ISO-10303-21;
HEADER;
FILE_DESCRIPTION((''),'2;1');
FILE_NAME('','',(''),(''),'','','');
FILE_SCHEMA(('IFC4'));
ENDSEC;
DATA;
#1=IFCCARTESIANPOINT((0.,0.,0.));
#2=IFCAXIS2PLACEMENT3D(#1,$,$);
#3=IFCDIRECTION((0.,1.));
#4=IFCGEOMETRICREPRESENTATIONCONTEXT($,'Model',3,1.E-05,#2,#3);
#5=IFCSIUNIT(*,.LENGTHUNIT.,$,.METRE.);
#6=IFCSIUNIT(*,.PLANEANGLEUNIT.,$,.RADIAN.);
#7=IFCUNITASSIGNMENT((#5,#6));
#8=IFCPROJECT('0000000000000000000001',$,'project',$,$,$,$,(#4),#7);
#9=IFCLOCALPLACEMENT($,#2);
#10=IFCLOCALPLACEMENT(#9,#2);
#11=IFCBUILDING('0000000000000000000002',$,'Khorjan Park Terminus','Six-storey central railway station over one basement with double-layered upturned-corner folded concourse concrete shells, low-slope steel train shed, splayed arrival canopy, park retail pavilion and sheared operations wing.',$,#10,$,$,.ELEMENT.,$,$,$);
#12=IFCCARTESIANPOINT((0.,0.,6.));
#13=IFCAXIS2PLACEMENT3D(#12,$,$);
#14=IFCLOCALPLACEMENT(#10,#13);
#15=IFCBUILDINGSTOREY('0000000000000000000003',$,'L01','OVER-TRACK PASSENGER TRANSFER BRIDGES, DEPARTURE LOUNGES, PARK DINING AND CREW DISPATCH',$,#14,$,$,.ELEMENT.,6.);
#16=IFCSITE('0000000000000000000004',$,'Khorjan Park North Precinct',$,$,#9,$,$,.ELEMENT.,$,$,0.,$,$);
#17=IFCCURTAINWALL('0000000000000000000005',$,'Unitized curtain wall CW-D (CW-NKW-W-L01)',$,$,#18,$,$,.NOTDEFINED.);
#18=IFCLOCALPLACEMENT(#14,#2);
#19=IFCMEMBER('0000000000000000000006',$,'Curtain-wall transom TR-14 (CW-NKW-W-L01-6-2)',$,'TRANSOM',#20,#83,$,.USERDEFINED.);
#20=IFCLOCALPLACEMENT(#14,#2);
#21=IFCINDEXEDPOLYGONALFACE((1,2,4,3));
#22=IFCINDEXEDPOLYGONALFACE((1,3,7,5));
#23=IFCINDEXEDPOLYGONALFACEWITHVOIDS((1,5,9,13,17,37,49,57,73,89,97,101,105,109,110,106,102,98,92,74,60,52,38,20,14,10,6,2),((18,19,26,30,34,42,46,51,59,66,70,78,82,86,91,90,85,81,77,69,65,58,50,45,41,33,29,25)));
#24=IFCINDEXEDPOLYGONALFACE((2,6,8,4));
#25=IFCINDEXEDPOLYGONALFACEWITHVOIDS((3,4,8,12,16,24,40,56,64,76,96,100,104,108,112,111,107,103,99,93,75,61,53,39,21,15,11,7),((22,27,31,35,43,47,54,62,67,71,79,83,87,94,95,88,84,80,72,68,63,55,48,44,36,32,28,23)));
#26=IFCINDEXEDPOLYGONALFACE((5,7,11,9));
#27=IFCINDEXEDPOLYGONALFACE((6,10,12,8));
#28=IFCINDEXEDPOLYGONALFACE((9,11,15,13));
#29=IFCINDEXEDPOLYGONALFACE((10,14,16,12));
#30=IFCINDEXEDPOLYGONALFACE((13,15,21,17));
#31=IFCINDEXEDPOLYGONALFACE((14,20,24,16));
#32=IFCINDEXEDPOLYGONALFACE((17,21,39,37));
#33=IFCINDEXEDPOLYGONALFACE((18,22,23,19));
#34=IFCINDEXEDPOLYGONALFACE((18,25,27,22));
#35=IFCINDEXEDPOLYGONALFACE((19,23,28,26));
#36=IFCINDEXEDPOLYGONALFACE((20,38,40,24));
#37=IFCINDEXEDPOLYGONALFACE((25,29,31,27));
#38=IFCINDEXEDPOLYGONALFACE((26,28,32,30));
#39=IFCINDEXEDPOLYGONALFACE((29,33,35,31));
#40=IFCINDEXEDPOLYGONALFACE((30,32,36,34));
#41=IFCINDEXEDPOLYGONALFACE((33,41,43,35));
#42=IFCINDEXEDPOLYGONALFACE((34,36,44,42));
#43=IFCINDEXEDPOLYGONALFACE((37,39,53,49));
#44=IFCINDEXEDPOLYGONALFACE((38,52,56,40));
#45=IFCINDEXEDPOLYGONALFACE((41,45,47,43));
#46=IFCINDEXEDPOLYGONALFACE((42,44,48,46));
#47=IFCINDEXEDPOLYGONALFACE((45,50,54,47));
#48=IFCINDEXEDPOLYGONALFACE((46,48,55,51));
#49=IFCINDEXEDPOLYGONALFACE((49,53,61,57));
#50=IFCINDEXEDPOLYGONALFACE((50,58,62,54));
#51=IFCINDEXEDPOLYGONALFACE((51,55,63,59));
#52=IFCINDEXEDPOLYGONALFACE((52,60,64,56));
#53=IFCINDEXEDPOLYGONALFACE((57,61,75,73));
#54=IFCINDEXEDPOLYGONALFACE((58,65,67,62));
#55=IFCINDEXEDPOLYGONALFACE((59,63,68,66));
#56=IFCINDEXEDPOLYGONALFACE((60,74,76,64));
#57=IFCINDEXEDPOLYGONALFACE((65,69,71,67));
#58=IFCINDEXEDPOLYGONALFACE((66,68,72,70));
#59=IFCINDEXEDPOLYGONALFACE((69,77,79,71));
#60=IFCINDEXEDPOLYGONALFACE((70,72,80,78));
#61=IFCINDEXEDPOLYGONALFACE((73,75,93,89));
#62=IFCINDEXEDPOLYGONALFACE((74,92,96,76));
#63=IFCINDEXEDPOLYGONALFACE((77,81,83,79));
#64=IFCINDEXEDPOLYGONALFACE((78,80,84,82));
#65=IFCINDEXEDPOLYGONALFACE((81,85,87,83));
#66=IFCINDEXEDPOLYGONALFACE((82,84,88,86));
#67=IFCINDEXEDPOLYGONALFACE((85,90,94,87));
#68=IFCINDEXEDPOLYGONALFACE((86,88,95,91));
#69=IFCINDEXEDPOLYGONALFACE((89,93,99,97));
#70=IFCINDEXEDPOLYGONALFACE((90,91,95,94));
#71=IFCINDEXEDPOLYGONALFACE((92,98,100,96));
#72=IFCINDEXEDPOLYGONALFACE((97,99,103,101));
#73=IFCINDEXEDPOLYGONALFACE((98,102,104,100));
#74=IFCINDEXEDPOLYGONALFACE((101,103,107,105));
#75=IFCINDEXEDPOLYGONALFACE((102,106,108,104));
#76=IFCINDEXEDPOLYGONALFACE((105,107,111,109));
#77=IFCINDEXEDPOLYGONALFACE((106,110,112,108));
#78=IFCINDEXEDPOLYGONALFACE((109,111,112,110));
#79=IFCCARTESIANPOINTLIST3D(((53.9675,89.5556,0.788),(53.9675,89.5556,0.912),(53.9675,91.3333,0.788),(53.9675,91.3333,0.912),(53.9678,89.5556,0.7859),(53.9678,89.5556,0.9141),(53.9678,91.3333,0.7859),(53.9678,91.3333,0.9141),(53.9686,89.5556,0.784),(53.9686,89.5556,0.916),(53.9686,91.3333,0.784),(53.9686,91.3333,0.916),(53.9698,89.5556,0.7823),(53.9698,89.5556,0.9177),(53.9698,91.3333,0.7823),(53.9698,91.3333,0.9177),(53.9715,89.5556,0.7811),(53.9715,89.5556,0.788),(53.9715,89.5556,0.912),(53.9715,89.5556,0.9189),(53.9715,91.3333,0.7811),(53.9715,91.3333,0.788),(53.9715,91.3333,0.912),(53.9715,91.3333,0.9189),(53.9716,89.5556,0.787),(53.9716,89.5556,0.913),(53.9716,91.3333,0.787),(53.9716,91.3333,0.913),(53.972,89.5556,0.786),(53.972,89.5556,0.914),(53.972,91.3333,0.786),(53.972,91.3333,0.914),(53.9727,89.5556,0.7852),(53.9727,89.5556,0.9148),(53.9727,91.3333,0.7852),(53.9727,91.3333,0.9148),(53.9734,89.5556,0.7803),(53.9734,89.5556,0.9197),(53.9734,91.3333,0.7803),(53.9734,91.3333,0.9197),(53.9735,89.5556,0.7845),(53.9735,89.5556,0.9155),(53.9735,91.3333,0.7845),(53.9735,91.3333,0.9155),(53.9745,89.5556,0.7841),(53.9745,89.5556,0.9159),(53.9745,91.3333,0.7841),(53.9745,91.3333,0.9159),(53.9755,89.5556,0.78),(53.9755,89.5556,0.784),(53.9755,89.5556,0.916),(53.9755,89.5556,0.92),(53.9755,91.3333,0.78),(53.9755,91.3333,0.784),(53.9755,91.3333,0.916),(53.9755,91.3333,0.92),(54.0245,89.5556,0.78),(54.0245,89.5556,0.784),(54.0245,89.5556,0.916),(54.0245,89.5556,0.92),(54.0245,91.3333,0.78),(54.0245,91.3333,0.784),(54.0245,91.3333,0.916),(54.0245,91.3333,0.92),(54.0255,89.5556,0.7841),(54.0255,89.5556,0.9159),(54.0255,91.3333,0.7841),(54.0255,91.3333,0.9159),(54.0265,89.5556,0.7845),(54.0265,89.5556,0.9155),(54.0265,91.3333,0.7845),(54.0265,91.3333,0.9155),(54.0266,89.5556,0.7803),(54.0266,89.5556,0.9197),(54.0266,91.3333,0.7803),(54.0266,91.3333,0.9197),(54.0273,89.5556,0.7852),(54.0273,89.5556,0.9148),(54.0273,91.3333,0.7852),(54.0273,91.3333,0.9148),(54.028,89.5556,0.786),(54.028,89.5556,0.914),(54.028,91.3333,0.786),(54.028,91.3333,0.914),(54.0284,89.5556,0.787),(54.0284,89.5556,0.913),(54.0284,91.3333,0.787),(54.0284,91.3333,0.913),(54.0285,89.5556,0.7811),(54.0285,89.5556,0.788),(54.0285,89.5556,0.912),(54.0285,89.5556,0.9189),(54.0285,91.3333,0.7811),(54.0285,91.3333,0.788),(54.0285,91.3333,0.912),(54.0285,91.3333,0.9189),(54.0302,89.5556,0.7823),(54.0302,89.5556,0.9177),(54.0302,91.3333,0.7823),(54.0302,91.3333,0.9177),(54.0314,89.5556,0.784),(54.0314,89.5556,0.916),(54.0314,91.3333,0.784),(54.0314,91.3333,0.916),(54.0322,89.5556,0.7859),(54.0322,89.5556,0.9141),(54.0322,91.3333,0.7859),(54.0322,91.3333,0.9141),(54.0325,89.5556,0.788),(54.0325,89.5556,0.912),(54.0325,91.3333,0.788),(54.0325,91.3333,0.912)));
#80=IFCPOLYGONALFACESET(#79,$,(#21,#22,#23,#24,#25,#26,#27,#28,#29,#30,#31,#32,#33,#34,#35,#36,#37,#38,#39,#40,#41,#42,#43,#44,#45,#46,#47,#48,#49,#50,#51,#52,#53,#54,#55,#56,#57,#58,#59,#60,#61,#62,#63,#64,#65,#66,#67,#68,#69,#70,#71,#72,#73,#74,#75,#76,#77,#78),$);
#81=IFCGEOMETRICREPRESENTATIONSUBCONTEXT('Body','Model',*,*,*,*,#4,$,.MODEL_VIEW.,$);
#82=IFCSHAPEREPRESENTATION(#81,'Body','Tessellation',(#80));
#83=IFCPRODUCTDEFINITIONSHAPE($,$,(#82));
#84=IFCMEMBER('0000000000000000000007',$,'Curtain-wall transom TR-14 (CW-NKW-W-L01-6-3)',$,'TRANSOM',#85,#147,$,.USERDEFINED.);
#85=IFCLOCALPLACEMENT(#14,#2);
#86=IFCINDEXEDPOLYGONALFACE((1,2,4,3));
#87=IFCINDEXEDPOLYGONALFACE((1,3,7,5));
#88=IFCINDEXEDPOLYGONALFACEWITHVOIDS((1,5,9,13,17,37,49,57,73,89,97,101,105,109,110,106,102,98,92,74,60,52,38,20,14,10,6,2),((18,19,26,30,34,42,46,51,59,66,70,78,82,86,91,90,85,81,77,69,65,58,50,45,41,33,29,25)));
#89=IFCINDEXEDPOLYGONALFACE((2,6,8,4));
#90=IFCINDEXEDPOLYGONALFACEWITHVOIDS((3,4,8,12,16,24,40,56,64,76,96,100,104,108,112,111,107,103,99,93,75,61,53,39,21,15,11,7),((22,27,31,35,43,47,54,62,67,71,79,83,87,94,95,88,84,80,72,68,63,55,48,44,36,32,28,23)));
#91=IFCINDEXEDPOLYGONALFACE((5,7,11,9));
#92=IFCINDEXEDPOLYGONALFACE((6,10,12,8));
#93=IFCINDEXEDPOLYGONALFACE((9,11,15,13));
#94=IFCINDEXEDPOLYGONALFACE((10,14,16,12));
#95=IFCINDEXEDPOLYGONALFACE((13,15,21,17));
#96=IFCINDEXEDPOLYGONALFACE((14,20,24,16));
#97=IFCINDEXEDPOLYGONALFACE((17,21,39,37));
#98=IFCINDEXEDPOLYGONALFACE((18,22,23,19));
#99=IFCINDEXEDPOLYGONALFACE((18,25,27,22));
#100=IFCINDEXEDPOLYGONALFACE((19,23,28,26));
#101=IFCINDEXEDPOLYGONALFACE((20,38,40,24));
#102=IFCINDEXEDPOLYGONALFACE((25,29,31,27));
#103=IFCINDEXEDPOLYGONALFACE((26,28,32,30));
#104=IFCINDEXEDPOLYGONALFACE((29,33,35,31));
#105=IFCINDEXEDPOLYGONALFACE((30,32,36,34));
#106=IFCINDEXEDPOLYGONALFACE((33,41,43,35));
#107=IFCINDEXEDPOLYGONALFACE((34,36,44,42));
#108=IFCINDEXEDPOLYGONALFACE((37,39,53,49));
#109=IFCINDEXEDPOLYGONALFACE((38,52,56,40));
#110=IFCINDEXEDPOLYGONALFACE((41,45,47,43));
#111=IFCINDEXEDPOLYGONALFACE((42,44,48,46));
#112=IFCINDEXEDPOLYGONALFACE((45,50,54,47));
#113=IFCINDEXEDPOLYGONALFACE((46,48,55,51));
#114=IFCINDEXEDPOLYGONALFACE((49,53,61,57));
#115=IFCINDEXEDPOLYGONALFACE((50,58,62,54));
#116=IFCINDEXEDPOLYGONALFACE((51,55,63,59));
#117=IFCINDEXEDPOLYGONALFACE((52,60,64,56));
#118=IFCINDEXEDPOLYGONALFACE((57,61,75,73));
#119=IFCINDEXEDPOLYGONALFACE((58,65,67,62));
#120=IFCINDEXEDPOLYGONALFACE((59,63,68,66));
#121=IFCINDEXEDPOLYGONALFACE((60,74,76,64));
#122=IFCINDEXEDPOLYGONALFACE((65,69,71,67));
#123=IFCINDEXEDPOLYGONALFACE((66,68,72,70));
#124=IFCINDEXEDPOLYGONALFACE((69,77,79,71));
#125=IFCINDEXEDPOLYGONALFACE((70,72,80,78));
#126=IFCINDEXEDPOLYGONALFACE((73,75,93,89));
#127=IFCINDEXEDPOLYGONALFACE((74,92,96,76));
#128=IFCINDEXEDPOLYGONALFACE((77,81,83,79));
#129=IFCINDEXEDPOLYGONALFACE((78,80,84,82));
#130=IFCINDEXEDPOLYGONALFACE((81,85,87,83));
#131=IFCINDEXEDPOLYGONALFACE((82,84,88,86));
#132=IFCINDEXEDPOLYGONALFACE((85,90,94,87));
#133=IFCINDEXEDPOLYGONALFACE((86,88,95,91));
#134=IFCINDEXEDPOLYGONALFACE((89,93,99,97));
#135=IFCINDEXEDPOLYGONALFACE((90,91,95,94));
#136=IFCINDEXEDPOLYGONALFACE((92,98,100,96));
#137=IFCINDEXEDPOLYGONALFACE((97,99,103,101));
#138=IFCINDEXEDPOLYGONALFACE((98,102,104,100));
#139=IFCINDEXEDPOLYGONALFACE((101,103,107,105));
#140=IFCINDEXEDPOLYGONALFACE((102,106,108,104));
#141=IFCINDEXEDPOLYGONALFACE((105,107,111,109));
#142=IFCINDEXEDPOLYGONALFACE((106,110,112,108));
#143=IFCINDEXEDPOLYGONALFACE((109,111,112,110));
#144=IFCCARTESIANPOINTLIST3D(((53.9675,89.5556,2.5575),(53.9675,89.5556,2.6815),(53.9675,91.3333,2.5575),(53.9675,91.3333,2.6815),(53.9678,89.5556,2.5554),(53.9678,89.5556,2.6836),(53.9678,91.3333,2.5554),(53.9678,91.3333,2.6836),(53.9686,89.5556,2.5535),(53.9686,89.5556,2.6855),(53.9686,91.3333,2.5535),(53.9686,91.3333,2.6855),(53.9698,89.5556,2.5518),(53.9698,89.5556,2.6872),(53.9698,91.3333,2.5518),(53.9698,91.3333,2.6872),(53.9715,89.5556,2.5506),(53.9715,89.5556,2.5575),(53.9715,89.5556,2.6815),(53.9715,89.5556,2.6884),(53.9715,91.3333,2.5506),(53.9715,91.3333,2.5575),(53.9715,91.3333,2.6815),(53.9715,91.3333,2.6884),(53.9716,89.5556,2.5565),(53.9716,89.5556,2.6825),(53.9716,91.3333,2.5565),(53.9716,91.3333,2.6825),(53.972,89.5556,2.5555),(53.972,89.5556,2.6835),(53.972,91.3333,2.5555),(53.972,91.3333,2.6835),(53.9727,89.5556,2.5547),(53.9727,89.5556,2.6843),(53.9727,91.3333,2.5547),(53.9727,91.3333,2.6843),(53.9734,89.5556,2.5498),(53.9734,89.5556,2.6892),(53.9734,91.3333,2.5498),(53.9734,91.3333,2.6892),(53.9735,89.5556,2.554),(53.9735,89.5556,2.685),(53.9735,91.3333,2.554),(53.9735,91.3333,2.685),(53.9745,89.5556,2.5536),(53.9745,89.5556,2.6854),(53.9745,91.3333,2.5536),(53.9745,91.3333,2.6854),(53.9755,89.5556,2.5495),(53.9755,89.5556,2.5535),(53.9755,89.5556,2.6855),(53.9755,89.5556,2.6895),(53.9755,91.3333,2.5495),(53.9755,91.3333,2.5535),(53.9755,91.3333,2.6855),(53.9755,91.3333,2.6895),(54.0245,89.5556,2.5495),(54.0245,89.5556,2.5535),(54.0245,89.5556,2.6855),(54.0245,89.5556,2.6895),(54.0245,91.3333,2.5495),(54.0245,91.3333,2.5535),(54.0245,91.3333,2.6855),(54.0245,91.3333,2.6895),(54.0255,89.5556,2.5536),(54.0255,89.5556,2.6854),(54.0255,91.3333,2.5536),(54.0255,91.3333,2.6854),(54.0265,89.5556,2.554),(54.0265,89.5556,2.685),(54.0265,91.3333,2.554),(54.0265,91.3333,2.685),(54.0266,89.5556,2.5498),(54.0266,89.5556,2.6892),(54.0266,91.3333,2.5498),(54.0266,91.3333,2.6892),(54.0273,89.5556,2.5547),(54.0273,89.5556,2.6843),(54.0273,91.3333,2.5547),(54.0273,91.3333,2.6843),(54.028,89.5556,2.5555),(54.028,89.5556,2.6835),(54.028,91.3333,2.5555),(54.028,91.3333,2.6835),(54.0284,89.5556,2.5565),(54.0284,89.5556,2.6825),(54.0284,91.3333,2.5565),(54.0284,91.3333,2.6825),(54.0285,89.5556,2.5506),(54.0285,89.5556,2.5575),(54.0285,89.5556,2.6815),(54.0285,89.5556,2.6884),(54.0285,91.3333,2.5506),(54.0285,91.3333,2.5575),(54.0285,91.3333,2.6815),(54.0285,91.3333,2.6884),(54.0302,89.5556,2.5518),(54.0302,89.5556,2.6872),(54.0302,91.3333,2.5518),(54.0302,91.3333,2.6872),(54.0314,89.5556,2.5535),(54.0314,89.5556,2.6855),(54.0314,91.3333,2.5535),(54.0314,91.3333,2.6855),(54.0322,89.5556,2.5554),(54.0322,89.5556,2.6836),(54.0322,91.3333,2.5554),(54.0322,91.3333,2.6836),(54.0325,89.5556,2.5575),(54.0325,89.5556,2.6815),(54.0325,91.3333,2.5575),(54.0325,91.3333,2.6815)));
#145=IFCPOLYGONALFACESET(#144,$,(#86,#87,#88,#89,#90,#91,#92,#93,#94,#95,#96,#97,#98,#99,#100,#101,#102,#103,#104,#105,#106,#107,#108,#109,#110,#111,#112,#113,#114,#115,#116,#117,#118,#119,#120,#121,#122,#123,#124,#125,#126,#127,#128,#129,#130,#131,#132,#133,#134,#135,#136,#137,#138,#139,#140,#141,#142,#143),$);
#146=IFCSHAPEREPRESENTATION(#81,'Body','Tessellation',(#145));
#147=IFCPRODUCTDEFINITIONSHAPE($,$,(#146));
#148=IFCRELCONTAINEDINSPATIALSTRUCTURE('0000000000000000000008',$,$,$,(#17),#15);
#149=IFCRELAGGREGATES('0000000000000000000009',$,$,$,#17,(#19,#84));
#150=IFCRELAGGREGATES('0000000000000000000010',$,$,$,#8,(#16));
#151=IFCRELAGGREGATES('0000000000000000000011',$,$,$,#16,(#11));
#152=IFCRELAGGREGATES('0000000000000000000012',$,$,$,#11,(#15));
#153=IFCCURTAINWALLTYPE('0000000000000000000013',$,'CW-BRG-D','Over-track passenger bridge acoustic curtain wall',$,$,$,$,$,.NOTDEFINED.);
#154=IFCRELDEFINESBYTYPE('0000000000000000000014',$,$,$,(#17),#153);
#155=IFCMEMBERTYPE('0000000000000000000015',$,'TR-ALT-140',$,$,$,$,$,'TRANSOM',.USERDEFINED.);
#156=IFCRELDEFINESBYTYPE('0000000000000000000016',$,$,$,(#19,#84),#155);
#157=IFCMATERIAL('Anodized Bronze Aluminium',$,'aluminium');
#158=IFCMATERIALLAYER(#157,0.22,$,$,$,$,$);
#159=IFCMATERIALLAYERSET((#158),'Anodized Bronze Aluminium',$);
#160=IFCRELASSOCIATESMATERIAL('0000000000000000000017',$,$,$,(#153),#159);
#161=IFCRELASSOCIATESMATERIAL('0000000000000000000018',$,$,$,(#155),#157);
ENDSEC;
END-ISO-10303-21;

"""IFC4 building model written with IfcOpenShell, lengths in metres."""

from ifc_helpers import new_model, si_unit, direction, frame, origin, origin_2d, place, context, subcontext, project, spatial, hollow_rectangle, extrude, material, layer, layer_set, material_profile, profile_set, type_object, element, aggregate, save


model = new_model("IFC4")

# Units and contexts
model_context = context("Model", 3, precision=1e-05, world=origin(), true_north=direction((0.0, 1.0)))
body_context = subcontext(model_context, "Body", "Model", "MODEL_VIEW")
ifc_project = project(units=[si_unit("LENGTHUNIT", "METRE"), si_unit("PLANEANGLEUNIT", "RADIAN")], contexts=[model_context])

# Site, building, storey
site_placement = place(None, origin())
site = spatial("IfcSite", under=ifc_project, at=site_placement, Name="Khorjan Park North Precinct", CompositionType="ELEMENT", RefElevation=0.0)
building_placement = place(site_placement, origin())
building = spatial("IfcBuilding", under=site, at=building_placement, Name="Khorjan Park Terminus", Description="Six-storey central railway station over one basement with double-layered upturned-corner folded concourse concrete shells, low-slope steel train shed, splayed arrival canopy, park retail pavilion and sheared operations wing.", CompositionType="ELEMENT")
storey_placement = place(building_placement, frame((0.0, 0.0, 6.0)))
storey = spatial("IfcBuildingStorey", under=building, at=storey_placement, Name="L01", Description="OVER-TRACK PASSENGER TRANSFER BRIDGES, DEPARTURE LOUNGES, PARK DINING AND CREW DISPATCH", CompositionType="ELEMENT", Elevation=6.0)

# Curtain wall, members
ifc_material_1 = material(Name="Anodized Bronze Aluminium", Category="aluminium")
ifc_layer_1 = layer(ifc_material_1, 0.22)
ifc_layer_set_1 = layer_set([ifc_layer_1], Name="Anodized Bronze Aluminium")
curtain_wall_type = type_object("IfcCurtainWallType", Name="CW-BRG-D", Description="Over-track passenger bridge acoustic curtain wall", PredefinedType="NOTDEFINED", material=ifc_layer_set_1)
curtain_wall_placement = place(storey_placement, origin())
curtain_wall = element("IfcCurtainWall", 1, at=curtain_wall_placement, inside=storey, type_object=curtain_wall_type, Name="Unitized curtain wall CW-D (CW-NKW-W-L01)", PredefinedType="NOTDEFINED")
ifc_material_profile_1 = material_profile(ifc_material_1, hollow_rectangle(XDim=0.065, YDim=0.14, WallThickness=0.004, InnerFilletRadius=0.004, OuterFilletRadius=0.008, at=origin_2d()), Name="ALT 65x140x4")
ifc_profile_set_1 = profile_set([ifc_material_profile_1], Name="Anodized Bronze Aluminium")
member_type_1 = type_object("IfcMemberType", Name="TR-ALT-140", ElementType="TRANSOM", PredefinedType="USERDEFINED", material=ifc_profile_set_1)
member_1_placement = place(storey_placement, frame((54.0, 91.3333, 0.85), z_axis=(0.0, -1.0, 0.0), x_axis=(1.0, 0.0, 0.0)))
member_1 = element("IfcMember", 2, at=member_1_placement, type_object=member_type_1, Name="Curtain-wall transom TR-14 (CW-NKW-W-L01-6-2)", ObjectType="TRANSOM", PredefinedType="USERDEFINED", context=body_context, shape_type="SweptSolid", body=[
    extrude(hollow_rectangle(XDim=0.065, YDim=0.14, WallThickness=0.004, InnerFilletRadius=0.004, OuterFilletRadius=0.008, at=origin_2d()), origin(), (0.0, 0.0, 1.0), 1.7777),
])
member_2_placement = place(storey_placement, frame((54.0, 91.3333, 2.6195), z_axis=(0.0, -1.0, 0.0), x_axis=(1.0, 0.0, 0.0)))
member_2 = element("IfcMember", 3, at=member_2_placement, type_object=member_type_1, Name="Curtain-wall transom TR-14 (CW-NKW-W-L01-6-3)", ObjectType="TRANSOM", PredefinedType="USERDEFINED", context=body_context, shape_type="SweptSolid", body=[
    extrude(hollow_rectangle(XDim=0.065, YDim=0.14, WallThickness=0.004, InnerFilletRadius=0.004, OuterFilletRadius=0.008, at=origin_2d()), origin(), (0.0, 0.0, 1.0), 1.7777),
])
aggregate(curtain_wall, [member_1, member_2])

save(model, "model.ifc")
